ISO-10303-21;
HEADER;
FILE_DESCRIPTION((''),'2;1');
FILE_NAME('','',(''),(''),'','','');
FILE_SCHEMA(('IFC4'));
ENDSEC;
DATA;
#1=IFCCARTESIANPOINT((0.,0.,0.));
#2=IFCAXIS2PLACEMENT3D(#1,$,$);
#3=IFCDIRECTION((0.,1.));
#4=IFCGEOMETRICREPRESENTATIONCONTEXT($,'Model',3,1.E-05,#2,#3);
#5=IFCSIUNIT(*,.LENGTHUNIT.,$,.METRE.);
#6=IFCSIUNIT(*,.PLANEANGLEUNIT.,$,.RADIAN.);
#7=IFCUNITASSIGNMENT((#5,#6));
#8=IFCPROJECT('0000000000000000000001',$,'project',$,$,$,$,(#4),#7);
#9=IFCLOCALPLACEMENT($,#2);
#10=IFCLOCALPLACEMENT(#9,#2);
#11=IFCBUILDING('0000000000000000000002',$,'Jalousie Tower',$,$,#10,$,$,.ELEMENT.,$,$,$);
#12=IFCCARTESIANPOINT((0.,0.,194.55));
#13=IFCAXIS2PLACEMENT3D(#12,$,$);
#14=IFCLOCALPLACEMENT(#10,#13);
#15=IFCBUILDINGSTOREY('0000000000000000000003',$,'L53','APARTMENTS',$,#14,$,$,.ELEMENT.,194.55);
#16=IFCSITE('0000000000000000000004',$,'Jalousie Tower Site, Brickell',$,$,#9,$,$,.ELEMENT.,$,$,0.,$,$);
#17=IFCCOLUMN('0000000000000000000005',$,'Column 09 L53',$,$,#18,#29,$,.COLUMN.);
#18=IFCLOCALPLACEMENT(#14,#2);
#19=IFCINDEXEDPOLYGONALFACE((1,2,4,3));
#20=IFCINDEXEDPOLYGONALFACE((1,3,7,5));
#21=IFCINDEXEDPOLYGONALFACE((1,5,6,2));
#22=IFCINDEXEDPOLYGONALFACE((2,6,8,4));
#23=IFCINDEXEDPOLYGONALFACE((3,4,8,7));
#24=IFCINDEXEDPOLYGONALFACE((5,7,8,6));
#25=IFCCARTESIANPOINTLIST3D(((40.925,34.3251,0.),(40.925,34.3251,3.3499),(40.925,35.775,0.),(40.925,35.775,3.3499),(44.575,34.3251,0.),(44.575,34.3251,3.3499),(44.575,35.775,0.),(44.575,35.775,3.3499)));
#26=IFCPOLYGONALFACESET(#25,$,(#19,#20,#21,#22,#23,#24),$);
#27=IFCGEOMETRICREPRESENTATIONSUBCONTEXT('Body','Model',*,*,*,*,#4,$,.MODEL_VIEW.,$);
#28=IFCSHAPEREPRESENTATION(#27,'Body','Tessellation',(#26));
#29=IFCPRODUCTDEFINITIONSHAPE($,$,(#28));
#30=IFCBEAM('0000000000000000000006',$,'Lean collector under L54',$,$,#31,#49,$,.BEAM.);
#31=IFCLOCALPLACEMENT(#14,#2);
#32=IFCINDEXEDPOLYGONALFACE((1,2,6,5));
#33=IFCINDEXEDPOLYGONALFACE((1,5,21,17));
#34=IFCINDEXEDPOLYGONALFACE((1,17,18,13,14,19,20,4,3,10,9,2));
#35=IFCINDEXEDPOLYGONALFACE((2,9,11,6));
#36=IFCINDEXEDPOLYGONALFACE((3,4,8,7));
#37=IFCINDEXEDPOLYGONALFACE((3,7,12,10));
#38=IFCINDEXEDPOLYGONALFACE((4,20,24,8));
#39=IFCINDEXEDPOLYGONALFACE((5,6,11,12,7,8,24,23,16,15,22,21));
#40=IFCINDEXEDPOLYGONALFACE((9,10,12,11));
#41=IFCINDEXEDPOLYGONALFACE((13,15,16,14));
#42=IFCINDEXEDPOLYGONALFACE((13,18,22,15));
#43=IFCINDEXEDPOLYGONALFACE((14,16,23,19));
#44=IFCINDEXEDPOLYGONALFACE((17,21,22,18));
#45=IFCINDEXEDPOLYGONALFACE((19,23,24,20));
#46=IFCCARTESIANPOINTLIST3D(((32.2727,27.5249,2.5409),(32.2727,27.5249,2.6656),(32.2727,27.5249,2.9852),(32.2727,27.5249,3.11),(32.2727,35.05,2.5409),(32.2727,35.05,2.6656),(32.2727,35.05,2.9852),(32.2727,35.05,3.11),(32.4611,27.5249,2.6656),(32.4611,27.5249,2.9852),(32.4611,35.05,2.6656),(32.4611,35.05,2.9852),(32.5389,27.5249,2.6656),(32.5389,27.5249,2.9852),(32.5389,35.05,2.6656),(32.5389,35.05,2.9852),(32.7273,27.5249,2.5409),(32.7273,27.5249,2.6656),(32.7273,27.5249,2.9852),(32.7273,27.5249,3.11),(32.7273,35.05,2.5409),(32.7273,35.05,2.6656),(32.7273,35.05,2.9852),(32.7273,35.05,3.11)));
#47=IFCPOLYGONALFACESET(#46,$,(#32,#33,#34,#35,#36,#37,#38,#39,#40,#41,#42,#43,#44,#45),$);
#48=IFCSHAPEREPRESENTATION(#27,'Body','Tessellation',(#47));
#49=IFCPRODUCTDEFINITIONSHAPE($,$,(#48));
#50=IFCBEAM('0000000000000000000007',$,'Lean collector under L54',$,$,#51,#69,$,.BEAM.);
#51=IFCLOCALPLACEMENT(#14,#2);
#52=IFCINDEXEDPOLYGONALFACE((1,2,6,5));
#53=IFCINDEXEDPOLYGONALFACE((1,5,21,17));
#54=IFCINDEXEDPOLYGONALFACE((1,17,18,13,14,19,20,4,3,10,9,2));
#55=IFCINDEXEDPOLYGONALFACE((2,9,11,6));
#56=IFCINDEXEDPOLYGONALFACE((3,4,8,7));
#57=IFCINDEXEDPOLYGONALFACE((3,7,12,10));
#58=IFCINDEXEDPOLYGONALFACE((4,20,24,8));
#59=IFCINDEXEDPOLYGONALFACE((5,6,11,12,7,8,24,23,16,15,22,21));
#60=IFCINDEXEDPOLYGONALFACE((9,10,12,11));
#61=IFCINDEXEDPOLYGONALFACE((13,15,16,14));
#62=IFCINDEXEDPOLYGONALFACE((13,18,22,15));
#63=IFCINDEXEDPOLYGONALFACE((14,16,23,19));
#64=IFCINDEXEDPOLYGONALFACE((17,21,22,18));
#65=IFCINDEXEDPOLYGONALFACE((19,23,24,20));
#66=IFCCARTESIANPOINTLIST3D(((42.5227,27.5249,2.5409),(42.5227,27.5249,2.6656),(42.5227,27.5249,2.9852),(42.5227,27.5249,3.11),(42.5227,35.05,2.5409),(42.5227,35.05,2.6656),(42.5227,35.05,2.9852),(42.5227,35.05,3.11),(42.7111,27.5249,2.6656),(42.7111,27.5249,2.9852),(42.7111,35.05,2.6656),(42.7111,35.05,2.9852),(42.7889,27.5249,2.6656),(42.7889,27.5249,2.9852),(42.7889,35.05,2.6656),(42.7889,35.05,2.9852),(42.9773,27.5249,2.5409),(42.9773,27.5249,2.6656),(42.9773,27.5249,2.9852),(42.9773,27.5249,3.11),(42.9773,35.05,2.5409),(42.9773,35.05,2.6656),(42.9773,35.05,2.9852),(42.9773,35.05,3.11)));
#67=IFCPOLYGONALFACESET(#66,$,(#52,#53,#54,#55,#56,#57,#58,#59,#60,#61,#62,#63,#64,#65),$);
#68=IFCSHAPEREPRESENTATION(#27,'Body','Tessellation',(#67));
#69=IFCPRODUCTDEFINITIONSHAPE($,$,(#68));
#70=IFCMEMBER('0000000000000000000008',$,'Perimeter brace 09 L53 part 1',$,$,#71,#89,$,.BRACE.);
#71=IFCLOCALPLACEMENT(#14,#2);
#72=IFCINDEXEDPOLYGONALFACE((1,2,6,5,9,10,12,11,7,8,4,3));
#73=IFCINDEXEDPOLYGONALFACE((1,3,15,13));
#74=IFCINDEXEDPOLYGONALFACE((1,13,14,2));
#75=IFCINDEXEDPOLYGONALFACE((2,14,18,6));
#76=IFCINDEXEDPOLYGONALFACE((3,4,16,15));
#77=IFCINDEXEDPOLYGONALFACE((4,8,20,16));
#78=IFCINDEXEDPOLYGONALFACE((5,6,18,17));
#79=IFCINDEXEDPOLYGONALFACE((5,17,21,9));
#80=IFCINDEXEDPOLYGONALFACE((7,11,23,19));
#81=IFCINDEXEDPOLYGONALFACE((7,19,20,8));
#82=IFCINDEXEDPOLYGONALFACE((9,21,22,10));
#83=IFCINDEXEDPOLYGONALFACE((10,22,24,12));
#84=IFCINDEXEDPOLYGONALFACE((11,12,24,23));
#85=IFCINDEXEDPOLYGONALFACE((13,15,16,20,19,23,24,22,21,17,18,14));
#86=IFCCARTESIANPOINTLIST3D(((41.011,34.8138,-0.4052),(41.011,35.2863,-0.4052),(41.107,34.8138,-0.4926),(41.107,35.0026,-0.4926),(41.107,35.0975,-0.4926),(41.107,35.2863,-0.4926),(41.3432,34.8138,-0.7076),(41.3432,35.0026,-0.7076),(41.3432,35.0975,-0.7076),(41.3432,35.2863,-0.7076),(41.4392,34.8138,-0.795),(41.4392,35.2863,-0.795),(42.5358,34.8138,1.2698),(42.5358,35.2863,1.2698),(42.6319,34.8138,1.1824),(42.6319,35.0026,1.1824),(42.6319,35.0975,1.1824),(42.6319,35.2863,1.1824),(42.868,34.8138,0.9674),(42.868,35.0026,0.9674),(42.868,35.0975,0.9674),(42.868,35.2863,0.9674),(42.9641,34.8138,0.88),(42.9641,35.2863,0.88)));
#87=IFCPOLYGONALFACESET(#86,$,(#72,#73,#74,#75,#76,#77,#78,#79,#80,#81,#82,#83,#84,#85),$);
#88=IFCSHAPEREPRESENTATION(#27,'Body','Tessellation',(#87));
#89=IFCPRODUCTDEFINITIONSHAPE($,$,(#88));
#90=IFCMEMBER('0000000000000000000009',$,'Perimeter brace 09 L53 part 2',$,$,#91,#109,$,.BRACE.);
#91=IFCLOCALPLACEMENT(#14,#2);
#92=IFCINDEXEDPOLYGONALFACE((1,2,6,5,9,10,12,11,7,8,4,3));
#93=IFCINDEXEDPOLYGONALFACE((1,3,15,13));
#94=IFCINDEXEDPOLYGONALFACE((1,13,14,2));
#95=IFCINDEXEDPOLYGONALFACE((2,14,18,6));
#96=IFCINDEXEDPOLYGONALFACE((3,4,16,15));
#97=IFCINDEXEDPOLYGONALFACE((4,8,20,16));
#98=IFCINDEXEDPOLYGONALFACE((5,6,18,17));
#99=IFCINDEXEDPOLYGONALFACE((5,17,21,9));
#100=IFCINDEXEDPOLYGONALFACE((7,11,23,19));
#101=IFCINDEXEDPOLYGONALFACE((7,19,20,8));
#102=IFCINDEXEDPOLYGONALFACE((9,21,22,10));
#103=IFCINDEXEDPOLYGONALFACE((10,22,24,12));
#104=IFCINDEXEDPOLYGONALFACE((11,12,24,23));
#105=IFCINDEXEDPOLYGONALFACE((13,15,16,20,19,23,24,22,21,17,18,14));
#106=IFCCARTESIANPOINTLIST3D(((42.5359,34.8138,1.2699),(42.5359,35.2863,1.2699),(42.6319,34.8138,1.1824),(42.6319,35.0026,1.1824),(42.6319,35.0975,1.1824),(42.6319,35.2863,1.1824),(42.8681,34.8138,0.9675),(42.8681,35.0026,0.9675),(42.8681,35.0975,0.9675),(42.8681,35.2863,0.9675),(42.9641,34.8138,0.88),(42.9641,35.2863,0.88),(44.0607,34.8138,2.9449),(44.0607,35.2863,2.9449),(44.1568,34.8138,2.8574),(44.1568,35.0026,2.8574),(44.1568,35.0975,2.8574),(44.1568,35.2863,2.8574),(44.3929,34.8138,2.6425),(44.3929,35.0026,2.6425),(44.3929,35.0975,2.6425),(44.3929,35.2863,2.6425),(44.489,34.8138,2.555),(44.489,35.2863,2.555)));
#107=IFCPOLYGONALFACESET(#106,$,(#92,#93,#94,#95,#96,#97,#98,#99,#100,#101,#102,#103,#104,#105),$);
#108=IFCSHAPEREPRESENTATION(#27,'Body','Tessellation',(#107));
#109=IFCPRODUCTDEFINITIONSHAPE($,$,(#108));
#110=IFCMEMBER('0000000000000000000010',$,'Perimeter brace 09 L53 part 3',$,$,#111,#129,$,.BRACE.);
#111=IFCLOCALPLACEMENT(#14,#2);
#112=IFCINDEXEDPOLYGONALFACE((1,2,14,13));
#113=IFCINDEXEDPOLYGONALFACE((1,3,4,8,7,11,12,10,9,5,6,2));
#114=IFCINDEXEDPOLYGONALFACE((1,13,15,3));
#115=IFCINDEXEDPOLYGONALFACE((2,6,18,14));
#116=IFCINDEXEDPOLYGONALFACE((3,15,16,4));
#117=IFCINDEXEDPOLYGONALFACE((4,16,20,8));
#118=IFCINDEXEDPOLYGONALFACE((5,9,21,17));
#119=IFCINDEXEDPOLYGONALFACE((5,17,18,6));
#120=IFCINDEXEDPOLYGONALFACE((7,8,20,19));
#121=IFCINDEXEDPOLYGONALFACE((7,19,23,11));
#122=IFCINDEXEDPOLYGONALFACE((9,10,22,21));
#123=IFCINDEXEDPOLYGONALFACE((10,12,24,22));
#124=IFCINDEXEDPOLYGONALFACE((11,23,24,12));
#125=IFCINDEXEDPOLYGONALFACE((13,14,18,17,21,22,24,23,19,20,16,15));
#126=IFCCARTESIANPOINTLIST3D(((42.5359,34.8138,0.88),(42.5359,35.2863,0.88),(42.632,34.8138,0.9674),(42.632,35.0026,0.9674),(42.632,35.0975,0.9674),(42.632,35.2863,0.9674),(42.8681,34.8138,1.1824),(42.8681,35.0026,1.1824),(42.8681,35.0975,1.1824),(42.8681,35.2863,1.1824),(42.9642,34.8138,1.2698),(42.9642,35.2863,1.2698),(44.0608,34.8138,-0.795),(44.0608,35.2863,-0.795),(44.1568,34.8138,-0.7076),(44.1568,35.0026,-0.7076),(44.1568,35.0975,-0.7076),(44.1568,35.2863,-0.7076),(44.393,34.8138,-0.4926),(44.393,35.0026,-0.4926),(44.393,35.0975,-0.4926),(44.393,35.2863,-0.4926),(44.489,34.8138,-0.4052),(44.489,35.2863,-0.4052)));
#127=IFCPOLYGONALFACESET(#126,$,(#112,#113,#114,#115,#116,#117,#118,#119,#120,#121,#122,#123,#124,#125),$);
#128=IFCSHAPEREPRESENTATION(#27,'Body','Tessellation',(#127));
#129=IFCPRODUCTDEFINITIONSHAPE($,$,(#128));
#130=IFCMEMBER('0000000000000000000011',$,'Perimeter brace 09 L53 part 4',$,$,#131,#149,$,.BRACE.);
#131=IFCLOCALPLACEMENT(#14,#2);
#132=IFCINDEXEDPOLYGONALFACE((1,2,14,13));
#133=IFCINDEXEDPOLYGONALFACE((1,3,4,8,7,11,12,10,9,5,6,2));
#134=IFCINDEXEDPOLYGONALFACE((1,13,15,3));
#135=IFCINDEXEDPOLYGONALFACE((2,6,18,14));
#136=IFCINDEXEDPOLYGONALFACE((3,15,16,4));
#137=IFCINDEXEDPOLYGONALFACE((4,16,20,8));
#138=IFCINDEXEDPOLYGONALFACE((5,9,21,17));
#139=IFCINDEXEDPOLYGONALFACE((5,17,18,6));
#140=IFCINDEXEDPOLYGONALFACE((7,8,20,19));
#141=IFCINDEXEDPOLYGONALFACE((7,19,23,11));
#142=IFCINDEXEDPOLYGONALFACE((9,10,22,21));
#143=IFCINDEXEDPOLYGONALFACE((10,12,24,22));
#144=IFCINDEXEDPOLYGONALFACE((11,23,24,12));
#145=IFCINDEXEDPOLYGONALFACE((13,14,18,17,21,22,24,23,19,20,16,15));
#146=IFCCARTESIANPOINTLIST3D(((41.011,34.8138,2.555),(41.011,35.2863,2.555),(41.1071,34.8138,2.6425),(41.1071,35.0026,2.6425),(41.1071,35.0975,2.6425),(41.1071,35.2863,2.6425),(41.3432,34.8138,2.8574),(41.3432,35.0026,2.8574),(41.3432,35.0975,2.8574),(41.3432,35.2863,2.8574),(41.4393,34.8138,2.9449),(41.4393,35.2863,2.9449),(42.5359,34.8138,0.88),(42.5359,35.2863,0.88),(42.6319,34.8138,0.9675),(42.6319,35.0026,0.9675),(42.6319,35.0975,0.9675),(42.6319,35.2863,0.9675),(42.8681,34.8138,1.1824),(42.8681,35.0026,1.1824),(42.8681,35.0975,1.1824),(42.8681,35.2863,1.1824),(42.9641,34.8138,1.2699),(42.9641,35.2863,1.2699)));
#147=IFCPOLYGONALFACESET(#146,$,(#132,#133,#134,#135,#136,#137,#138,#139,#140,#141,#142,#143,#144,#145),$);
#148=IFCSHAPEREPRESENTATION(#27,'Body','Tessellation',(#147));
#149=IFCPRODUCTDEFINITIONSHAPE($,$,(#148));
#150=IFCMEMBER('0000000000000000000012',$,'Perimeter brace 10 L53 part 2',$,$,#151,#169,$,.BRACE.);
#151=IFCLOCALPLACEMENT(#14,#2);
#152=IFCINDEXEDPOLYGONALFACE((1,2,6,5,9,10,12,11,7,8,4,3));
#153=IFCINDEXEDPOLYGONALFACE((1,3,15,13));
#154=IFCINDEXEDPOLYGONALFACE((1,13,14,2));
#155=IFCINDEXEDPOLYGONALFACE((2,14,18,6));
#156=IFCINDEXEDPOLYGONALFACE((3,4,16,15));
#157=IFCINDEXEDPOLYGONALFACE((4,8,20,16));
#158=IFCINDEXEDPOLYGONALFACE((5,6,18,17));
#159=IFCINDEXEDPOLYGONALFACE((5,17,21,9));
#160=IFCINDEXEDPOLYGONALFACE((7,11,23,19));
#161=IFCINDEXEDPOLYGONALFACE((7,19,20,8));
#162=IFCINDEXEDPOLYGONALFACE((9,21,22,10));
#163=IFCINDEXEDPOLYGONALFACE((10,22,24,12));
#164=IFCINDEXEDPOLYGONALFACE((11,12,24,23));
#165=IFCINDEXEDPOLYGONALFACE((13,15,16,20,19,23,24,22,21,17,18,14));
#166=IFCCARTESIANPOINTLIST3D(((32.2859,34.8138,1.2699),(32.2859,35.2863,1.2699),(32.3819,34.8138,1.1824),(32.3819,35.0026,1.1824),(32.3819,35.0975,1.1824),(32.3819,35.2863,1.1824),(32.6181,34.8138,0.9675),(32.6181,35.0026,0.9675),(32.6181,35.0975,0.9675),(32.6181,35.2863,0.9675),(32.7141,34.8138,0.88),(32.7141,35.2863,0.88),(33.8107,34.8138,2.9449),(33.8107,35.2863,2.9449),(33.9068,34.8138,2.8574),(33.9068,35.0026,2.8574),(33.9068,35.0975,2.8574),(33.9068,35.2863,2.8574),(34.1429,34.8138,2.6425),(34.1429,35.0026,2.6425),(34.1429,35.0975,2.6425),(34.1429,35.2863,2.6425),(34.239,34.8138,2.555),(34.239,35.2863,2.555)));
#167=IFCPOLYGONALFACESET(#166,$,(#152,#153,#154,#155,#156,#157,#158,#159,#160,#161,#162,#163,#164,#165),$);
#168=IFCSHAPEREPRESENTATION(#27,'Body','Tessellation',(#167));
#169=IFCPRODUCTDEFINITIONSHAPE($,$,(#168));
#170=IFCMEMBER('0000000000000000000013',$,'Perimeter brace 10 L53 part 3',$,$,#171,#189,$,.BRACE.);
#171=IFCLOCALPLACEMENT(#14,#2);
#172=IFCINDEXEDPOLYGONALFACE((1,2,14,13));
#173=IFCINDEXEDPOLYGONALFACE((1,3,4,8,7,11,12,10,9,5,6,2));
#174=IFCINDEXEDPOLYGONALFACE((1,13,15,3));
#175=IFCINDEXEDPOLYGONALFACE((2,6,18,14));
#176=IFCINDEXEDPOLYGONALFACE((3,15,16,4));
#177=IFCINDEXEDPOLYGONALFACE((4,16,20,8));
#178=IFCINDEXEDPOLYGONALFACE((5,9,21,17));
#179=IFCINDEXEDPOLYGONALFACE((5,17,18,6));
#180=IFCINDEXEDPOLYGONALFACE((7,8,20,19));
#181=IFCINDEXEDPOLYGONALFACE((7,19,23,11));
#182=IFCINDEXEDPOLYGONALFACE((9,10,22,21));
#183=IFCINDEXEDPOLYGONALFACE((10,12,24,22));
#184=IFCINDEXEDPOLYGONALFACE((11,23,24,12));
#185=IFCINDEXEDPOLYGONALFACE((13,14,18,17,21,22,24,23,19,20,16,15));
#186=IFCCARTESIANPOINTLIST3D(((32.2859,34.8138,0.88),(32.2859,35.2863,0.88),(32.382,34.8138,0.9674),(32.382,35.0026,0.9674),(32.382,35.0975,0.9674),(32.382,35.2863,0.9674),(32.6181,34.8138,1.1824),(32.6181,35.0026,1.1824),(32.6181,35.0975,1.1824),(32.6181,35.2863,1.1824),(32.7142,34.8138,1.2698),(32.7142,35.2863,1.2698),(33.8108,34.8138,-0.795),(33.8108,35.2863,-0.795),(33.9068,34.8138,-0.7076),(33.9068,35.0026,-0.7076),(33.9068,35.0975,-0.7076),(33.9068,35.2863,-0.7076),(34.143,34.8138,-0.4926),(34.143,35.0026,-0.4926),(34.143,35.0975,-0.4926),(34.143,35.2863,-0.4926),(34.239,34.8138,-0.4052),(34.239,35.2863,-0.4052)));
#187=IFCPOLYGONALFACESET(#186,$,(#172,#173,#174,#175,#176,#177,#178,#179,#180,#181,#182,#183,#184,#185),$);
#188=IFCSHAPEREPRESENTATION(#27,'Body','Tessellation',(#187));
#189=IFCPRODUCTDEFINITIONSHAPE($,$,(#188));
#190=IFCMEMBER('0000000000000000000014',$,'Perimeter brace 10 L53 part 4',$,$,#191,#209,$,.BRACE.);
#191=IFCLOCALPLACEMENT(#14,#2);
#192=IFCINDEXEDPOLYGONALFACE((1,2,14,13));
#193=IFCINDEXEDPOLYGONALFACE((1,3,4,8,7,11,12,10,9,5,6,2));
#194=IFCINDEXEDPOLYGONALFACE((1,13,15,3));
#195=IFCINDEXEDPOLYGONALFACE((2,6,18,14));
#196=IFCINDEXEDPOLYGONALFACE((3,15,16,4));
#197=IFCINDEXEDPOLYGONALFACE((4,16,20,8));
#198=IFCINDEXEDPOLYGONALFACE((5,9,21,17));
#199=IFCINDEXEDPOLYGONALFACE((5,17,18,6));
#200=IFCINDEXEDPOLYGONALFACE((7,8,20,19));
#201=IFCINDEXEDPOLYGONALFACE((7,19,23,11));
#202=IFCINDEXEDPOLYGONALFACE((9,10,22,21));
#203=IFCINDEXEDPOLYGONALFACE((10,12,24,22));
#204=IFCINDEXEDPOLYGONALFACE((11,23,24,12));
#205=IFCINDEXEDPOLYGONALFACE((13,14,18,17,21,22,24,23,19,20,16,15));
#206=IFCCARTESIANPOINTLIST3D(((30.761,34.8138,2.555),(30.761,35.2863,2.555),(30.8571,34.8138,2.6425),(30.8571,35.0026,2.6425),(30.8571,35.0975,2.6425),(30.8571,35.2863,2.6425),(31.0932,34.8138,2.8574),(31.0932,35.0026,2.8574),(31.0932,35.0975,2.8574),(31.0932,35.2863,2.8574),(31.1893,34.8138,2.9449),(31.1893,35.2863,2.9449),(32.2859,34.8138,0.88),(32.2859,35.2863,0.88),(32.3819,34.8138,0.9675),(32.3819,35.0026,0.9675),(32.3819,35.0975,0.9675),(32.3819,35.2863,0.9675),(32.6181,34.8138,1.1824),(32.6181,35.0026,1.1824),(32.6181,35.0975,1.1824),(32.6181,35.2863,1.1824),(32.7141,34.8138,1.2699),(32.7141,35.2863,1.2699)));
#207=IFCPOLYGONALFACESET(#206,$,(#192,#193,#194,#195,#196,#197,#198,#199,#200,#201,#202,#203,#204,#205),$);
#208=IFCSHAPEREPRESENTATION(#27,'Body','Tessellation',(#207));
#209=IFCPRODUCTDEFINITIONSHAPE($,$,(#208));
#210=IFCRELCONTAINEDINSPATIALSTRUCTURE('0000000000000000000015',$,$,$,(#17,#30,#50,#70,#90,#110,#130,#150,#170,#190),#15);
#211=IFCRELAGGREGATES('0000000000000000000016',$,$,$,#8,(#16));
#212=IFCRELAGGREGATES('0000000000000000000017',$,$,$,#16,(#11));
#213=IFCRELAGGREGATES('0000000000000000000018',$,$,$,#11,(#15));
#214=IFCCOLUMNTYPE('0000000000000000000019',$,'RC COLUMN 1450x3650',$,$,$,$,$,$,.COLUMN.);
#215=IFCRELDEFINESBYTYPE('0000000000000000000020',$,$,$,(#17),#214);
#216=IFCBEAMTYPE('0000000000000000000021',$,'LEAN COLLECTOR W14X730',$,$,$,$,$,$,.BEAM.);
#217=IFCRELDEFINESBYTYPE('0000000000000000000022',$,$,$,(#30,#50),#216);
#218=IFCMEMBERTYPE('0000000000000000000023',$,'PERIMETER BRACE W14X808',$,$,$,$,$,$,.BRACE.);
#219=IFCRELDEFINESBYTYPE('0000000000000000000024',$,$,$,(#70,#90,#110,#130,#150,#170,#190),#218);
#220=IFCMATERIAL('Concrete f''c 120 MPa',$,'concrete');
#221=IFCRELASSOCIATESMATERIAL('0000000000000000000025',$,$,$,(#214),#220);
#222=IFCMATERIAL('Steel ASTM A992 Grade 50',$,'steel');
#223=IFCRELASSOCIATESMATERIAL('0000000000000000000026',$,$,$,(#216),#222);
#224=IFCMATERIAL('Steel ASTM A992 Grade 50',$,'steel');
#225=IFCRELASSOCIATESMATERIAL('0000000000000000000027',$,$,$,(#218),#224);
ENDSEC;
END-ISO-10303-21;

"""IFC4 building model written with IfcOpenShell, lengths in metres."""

from ifc_helpers import new_model, si_unit, direction, frame, origin, origin_2d, place, context, subcontext, project, spatial, rectangle, i_section, extrude, material, material_profile, profile_set, type_object, element, save


model = new_model("IFC4")

# Units and contexts
model_context = context("Model", 3, precision=1e-05, world=origin(), true_north=direction((0.0, 1.0)))
body_context = subcontext(model_context, "Body", "Model", "MODEL_VIEW")
ifc_project = project(units=[si_unit("LENGTHUNIT", "METRE"), si_unit("PLANEANGLEUNIT", "RADIAN")], contexts=[model_context])

# Site, building, storey
site_placement = place(None, origin())
site = spatial("IfcSite", under=ifc_project, at=site_placement, Name="Jalousie Tower Site, Brickell", CompositionType="ELEMENT", RefElevation=0.0)
building_placement = place(site_placement, origin())
building = spatial("IfcBuilding", under=site, at=building_placement, Name="Jalousie Tower", CompositionType="ELEMENT")
storey_placement = place(building_placement, frame((0.0, 0.0, 194.55)))
storey = spatial("IfcBuildingStorey", under=building, at=storey_placement, Name="L53", Description="APARTMENTS", CompositionType="ELEMENT", Elevation=194.55)

# Column
ifc_material_1 = material(Name="Concrete f'c 120 MPa", Category="concrete")
ifc_material_profile_1 = material_profile(ifc_material_1, rectangle(XDim=1.45, YDim=3.6499, at=origin_2d()), Name="RC 1450x3650")
ifc_profile_set_1 = profile_set([ifc_material_profile_1], Name="Concrete f'c 120 MPa")
column_type = type_object("IfcColumnType", Name="RC COLUMN 1450x3650", PredefinedType="COLUMN", material=ifc_profile_set_1)
column_placement = place(storey_placement, frame((42.75, 35.05, 0.0), z_axis=(0.0, 0.0, 1.0), x_axis=(0.0, 1.0, 0.0)))
element("IfcColumn", 1, at=column_placement, inside=storey, type_object=column_type, Name="Column 09 L53", PredefinedType="COLUMN", context=body_context, shape_type="SweptSolid", body=[
    extrude(rectangle(XDim=1.45, YDim=3.6499, at=origin_2d()), origin(), (0.0, 0.0, 1.0), 3.3499),
])

# Beams
ifc_material_2 = material(Name="Steel ASTM A992 Grade 50", Category="steel")
ifc_material_profile_2 = material_profile(ifc_material_2, i_section(OverallWidth=0.4546, OverallDepth=0.5691, WebThickness=0.0779, FlangeThickness=0.1248, at=origin_2d()), Name="W14X730")
ifc_profile_set_2 = profile_set([ifc_material_profile_2], Name="Steel ASTM A992 Grade 50")
beam_type_1 = type_object("IfcBeamType", Name="LEAN COLLECTOR W14X730", PredefinedType="BEAM", material=ifc_profile_set_2)
for number, where, z_axis, x_axis, name in (
    (2, (32.5, 35.05, 2.8254), (0.0, -1.0, 0.0), (1.0, 0.0, 0.0), "Lean collector under L54"),
    (3, (42.75, 35.05, 2.8254), (0.0, -1.0, 0.0), (1.0, 0.0, 0.0), "Lean collector under L54"),
):
    element("IfcBeam", number, at=place(storey_placement, frame(where, z_axis=z_axis, x_axis=x_axis)), inside=storey, type_object=beam_type_1, Name=name, PredefinedType="BEAM", context=body_context, shape_type="SweptSolid", body=[
        extrude(i_section(OverallWidth=0.4546, OverallDepth=0.5691, WebThickness=0.0779, FlangeThickness=0.1248, at=origin_2d()), origin(), (0.0, 0.0, 1.0), 7.5251),
    ])

# Members
ifc_material_3 = material(Name="Steel ASTM A992 Grade 50", Category="steel")
ifc_material_profile_3 = material_profile(ifc_material_3, i_section(OverallWidth=0.4724, OverallDepth=0.5791, WebThickness=0.095, FlangeThickness=0.1299, at=origin_2d()), Name="W14X808")
ifc_profile_set_3 = profile_set([ifc_material_profile_3], Name="Steel ASTM A992 Grade 50")
member_type_1 = type_object("IfcMemberType", Name="PERIMETER BRACE W14X808", PredefinedType="BRACE", material=ifc_profile_set_3)
for number, where, z_axis, x_axis, name in (
    (4, (41.2251, 35.05, -0.6001), (0.673188, 0.0, 0.739472), (0.0, 1.0, 0.0), "Perimeter brace 09 L53 part 1"),
    (5, (42.75, 35.05, 1.075), (0.673188, 0.0, 0.739472), (0.0, 1.0, 0.0), "Perimeter brace 09 L53 part 2"),
    (6, (44.2749, 35.05, -0.6001), (-0.673188, 0.0, 0.739472), (0.0, -1.0, 0.0), "Perimeter brace 09 L53 part 3"),
    (7, (42.75, 35.05, 1.075), (-0.673188, 0.0, 0.739472), (0.0, -1.0, 0.0), "Perimeter brace 09 L53 part 4"),
    (8, (32.5, 35.05, 1.075), (0.673188, 0.0, 0.739472), (0.0, 1.0, 0.0), "Perimeter brace 10 L53 part 2"),
    (9, (34.0249, 35.05, -0.6001), (-0.673188, 0.0, 0.739472), (0.0, -1.0, 0.0), "Perimeter brace 10 L53 part 3"),
    (10, (32.5, 35.05, 1.075), (-0.673188, 0.0, 0.739472), (0.0, -1.0, 0.0), "Perimeter brace 10 L53 part 4"),
):
    element("IfcMember", number, at=place(storey_placement, frame(where, z_axis=z_axis, x_axis=x_axis)), inside=storey, type_object=member_type_1, Name=name, PredefinedType="BRACE", context=body_context, shape_type="SweptSolid", body=[
        extrude(i_section(OverallWidth=0.4724, OverallDepth=0.5791, WebThickness=0.095, FlangeThickness=0.1299, at=origin_2d()), origin(), (0.0, 0.0, 1.0), 2.2651),
    ])

save(model, "model.ifc")
